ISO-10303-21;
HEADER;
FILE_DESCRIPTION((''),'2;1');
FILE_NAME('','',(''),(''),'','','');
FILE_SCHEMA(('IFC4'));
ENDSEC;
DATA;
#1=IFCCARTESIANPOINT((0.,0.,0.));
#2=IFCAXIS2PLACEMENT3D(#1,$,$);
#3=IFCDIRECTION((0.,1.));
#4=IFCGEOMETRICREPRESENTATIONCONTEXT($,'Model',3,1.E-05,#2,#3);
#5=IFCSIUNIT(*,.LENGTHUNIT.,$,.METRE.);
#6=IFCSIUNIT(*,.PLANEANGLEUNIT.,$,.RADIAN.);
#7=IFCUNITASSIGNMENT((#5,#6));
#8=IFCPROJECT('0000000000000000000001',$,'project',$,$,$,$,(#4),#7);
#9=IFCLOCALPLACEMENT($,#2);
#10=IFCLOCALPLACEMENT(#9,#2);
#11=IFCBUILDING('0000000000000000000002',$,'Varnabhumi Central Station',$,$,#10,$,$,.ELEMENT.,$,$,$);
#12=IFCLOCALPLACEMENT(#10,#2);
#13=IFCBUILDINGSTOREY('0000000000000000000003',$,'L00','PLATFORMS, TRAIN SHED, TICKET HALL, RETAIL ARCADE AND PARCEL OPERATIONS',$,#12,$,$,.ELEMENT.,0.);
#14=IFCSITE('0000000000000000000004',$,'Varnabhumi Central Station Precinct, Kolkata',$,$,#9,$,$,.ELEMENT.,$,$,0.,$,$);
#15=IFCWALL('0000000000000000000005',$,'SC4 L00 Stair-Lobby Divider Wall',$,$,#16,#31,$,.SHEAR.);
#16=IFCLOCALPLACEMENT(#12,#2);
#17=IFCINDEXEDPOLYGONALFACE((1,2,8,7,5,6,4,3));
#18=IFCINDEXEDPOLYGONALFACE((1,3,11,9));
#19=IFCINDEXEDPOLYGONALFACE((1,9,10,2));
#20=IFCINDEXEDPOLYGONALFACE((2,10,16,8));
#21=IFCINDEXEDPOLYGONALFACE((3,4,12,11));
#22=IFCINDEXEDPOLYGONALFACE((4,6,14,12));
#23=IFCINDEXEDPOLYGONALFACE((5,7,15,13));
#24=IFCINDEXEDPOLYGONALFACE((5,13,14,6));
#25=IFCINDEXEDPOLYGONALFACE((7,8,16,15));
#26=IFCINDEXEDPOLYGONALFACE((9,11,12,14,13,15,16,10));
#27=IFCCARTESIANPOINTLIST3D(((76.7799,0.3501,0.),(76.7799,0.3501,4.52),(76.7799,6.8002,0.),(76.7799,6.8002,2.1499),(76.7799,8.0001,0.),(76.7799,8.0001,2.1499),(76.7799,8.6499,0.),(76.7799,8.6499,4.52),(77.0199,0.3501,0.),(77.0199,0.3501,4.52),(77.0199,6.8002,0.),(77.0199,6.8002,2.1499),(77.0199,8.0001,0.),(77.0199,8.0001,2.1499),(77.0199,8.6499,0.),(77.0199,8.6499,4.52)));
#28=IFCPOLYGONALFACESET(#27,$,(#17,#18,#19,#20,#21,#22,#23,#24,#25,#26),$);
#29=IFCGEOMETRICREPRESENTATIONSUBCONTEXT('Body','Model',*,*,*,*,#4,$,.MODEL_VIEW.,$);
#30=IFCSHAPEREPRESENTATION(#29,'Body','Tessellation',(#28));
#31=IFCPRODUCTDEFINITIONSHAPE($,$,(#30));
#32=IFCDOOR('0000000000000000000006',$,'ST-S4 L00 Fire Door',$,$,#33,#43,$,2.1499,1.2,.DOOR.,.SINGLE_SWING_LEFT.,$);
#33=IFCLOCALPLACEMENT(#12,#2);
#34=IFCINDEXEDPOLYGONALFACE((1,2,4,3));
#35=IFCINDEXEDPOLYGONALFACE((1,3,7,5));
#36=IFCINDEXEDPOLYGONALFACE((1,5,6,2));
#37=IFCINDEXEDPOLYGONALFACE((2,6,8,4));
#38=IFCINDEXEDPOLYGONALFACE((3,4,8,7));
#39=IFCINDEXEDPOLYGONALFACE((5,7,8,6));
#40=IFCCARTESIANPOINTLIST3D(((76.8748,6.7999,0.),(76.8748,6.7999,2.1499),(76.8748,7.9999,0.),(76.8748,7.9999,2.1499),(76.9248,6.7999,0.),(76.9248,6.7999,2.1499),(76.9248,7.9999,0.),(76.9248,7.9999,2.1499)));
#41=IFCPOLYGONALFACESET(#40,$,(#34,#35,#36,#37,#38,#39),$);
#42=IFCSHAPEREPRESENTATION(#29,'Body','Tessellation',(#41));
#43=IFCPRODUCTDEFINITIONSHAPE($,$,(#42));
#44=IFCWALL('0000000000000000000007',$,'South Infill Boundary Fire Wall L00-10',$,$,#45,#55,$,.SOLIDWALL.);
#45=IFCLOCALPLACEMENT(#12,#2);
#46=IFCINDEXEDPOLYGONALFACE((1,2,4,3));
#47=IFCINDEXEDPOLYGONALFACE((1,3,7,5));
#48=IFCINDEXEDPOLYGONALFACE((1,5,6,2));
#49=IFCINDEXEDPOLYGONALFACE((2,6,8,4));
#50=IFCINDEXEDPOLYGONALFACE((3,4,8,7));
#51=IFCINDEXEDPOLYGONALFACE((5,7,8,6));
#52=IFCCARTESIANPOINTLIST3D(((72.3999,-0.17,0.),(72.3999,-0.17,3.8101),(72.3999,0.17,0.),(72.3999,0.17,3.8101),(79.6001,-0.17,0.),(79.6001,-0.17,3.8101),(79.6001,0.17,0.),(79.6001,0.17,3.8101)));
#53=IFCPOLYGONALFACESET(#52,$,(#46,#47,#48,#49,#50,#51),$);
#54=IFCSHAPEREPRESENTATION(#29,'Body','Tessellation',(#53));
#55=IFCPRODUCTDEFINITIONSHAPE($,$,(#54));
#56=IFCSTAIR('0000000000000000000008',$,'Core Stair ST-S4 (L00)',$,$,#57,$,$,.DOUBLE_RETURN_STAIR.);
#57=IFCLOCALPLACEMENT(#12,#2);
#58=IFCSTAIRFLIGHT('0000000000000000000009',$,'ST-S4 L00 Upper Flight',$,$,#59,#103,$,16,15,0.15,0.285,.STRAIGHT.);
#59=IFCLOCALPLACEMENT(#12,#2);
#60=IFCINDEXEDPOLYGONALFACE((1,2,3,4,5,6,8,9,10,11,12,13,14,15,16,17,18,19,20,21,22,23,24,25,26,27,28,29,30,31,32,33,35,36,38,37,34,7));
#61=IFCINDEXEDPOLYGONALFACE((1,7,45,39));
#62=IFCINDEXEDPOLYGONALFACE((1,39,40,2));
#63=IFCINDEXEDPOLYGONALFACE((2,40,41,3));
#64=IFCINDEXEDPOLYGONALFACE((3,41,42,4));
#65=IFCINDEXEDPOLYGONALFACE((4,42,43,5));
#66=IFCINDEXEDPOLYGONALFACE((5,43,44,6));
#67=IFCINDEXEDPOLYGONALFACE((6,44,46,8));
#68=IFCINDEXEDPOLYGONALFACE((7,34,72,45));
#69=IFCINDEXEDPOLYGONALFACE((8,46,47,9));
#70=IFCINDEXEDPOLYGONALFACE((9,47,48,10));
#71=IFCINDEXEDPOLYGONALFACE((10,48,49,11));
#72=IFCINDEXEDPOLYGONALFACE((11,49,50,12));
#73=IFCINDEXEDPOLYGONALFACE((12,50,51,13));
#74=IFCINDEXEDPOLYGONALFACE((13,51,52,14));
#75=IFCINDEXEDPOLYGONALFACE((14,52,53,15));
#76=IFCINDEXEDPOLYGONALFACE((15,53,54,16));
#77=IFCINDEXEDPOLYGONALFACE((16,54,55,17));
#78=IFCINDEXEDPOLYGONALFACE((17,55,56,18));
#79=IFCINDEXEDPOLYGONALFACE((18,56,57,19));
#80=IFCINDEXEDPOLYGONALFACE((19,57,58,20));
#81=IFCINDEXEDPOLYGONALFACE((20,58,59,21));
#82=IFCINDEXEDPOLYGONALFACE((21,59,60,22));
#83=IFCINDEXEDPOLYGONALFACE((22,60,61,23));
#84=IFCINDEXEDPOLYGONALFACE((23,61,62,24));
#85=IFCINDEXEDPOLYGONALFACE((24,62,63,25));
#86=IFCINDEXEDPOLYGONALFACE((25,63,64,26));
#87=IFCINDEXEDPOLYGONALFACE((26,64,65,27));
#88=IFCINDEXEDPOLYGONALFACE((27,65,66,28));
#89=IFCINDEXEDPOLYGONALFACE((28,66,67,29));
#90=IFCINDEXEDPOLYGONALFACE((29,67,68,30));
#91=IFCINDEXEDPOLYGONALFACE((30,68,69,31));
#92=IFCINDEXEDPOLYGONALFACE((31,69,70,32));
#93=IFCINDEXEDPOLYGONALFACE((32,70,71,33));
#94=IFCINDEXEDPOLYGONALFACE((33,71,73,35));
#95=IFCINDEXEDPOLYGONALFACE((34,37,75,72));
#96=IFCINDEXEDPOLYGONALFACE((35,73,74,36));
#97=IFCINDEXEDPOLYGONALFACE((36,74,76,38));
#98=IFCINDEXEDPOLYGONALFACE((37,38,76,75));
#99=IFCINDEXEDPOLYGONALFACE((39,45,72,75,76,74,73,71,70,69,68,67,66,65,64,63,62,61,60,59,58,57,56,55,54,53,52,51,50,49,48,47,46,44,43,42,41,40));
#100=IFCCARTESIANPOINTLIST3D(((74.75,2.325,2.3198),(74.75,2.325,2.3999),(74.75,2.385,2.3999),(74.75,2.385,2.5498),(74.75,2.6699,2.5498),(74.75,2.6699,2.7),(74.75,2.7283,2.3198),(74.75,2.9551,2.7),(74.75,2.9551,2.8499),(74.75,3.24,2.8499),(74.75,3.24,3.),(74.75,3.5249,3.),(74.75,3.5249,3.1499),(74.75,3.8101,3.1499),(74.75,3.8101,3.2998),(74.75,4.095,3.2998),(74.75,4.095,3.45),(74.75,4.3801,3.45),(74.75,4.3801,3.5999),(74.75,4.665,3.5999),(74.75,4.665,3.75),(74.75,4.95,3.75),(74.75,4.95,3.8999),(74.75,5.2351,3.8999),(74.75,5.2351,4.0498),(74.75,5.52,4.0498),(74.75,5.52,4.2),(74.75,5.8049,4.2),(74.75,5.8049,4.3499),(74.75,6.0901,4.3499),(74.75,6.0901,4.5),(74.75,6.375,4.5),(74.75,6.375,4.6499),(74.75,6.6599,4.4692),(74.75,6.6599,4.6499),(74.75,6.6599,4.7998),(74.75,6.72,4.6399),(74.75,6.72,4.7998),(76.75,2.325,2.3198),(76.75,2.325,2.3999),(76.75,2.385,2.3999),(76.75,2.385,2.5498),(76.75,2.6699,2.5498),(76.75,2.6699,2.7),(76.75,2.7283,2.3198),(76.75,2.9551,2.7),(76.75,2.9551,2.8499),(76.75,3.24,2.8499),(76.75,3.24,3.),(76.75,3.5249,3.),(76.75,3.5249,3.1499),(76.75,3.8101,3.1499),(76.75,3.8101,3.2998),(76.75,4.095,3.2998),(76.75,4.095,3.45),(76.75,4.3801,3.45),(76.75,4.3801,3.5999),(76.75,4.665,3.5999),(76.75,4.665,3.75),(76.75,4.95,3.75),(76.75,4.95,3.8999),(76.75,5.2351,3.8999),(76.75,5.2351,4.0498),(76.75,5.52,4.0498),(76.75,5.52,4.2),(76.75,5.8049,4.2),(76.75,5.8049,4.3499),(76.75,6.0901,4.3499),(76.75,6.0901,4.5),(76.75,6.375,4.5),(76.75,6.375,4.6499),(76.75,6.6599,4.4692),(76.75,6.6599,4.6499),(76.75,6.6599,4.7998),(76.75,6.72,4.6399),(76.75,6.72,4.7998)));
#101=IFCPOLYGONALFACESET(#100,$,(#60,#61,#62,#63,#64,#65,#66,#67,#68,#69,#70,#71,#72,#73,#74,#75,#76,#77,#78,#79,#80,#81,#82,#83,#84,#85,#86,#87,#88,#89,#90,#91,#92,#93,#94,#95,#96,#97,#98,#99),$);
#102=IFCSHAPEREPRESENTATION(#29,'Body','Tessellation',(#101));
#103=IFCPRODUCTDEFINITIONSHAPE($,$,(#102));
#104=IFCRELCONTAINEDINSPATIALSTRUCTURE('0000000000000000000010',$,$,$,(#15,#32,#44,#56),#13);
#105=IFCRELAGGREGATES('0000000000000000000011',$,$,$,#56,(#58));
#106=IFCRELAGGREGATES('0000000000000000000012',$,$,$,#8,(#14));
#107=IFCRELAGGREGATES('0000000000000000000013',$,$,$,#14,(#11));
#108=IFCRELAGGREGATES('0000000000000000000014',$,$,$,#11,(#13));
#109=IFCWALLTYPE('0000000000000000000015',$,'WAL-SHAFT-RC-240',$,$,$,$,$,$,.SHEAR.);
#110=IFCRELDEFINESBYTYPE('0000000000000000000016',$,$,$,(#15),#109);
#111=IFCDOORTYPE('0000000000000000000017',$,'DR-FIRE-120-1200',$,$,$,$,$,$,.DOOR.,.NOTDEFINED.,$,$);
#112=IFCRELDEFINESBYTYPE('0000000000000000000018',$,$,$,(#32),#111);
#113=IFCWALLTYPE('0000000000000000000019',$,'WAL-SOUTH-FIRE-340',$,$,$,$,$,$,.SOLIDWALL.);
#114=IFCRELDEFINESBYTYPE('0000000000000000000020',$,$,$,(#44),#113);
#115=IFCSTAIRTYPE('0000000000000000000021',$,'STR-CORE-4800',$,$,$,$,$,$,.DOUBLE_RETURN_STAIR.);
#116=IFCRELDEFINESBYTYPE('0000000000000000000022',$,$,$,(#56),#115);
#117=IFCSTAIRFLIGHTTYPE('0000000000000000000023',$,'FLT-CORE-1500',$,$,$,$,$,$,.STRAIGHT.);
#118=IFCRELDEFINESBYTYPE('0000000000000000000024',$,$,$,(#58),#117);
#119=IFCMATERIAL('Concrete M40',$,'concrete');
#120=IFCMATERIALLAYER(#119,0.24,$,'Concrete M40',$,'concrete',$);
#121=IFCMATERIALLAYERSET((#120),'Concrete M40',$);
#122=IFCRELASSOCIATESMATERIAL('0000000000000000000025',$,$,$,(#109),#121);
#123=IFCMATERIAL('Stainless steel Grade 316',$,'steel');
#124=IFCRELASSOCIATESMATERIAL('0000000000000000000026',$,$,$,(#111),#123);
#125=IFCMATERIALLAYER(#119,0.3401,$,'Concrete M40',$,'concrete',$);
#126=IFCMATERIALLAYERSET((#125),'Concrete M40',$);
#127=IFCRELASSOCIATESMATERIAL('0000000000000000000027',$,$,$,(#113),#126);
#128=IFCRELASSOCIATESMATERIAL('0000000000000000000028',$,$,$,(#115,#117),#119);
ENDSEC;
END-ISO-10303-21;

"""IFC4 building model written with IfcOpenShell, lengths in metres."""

from ifc_helpers import new_model, si_unit, direction, frame, frame_2d, origin, place, context, subcontext, project, spatial, polyline, rectangle, outline, extrude, material, layer, layer_set, type_object, element, fill, aggregate, save


model = new_model("IFC4")

# Units and contexts
model_context = context("Model", 3, precision=1e-05, world=origin(), true_north=direction((0.0, 1.0)))
body_context = subcontext(model_context, "Body", "Model", "MODEL_VIEW")
ifc_project = project(units=[si_unit("LENGTHUNIT", "METRE"), si_unit("PLANEANGLEUNIT", "RADIAN")], contexts=[model_context])

# Site, building, storey
site_placement = place(None, origin())
site = spatial("IfcSite", under=ifc_project, at=site_placement, Name="Varnabhumi Central Station Precinct, Kolkata", CompositionType="ELEMENT", RefElevation=0.0)
building_placement = place(site_placement, origin())
building = spatial("IfcBuilding", under=site, at=building_placement, Name="Varnabhumi Central Station", CompositionType="ELEMENT")
storey_placement = place(building_placement, origin())
storey = spatial("IfcBuildingStorey", under=building, at=storey_placement, Name="L00", Description="PLATFORMS, TRAIN SHED, TICKET HALL, RETAIL ARCADE AND PARCEL OPERATIONS", CompositionType="ELEMENT", Elevation=0.0)

# Shared definitions
ifc_material_1 = material(Name="Concrete M40", Category="concrete")

# Wall, opening, door
ifc_layer_1 = layer(ifc_material_1, 0.24, Name="Concrete M40", Category="concrete")
ifc_layer_set_1 = layer_set([ifc_layer_1], Name="Concrete M40")
wall_type_1 = type_object("IfcWallType", Name="WAL-SHAFT-RC-240", PredefinedType="SHEAR", material=ifc_layer_set_1)
wall_1_placement = place(storey_placement, frame((76.8999, 0.3501, 0.0), z_axis=(0.0, 0.0, 1.0), x_axis=(0.0, 1.0, 0.0)))
wall_1 = element("IfcWall", 1, at=wall_1_placement, inside=storey, type_object=wall_type_1, Name="SC4 L00 Stair-Lobby Divider Wall", PredefinedType="SHEAR", context=body_context, shape_type="SweptSolid", body=[
    extrude(rectangle(XDim=8.2998, YDim=0.24, at=frame_2d((4.1499, 0.0))), origin(), (0.0, 0.0, 1.0), 4.52),
])
opening_1_placement = place(wall_1_placement, frame((6.45, 0.0, 0.0)))
opening_1 = element("IfcOpeningElement", 2, at=opening_1_placement, cuts=wall_1, PredefinedType="OPENING", context=body_context, shape_type="SweptSolid", body=[
    extrude(rectangle(XDim=1.2, YDim=2.1499, at=frame_2d((0.6001, 1.075))), frame((0.0, 0.1299, 0.0), z_axis=(0.0, -1.0, 0.0), x_axis=(1.0, 0.0, 0.0)), (0.0, 0.0, 1.0), 0.26),
])
ifc_material_2 = material(Name="Stainless steel Grade 316", Category="steel")
door_type_1 = type_object("IfcDoorType", Name="DR-FIRE-120-1200", OperationType="NOTDEFINED", PredefinedType="DOOR", material=ifc_material_2)
door_1_placement = place(opening_1_placement, frame((1.2, 0.0, 0.0), z_axis=(0.0, 0.0, 1.0), x_axis=(-1.0, 0.0, 0.0)))
door_1 = element("IfcDoor", 3, at=door_1_placement, inside=storey, type_object=door_type_1, Name="ST-S4 L00 Fire Door", OperationType="SINGLE_SWING_LEFT", OverallHeight=2.1499, OverallWidth=1.2, PredefinedType="DOOR", context=body_context, shape_type="SweptSolid", body=[
    extrude(rectangle(XDim=1.2, YDim=2.1499, at=frame_2d((0.6001, 1.075))), frame((0.0, 0.0249, 0.0), z_axis=(0.0, -1.0, 0.0), x_axis=(1.0, 0.0, 0.0)), (0.0, 0.0, 1.0), 0.05),
])
fill(opening_1, door_1)

# Wall
ifc_layer_2 = layer(ifc_material_1, 0.3401, Name="Concrete M40", Category="concrete")
ifc_layer_set_2 = layer_set([ifc_layer_2], Name="Concrete M40")
wall_type_2 = type_object("IfcWallType", Name="WAL-SOUTH-FIRE-340", PredefinedType="SOLIDWALL", material=ifc_layer_set_2)
wall_2_placement = place(storey_placement, frame((72.3999, 0.0, 0.0), z_axis=(0.0, 0.0, 1.0), x_axis=(1.0, 0.0, 0.0)))
element("IfcWall", 4, at=wall_2_placement, inside=storey, type_object=wall_type_2, Name="South Infill Boundary Fire Wall L00-10", PredefinedType="SOLIDWALL", context=body_context, shape_type="SweptSolid", body=[
    extrude(rectangle(XDim=7.2002, YDim=0.3401, at=frame_2d((3.6001, 0.0))), origin(), (0.0, 0.0, 1.0), 3.8101),
])

# Stair, stair flight
stair_type = type_object("IfcStairType", Name="STR-CORE-4800", PredefinedType="DOUBLE_RETURN_STAIR", material=ifc_material_1)
stair_placement = place(storey_placement, origin())
stair = element("IfcStair", 5, at=stair_placement, inside=storey, type_object=stair_type, Name="Core Stair ST-S4 (L00)", PredefinedType="DOUBLE_RETURN_STAIR")
stair_flight_type = type_object("IfcStairFlightType", Name="FLT-CORE-1500", PredefinedType="STRAIGHT", material=ifc_material_1)
stair_flight_placement = place(storey_placement, frame((75.75, 2.385, 2.3999), z_axis=(0.0, 0.0, 1.0), x_axis=(0.0, 1.0, 0.0)))
stair_flight = element("IfcStairFlight", 6, at=stair_flight_placement, type_object=stair_flight_type, Name="ST-S4 L00 Upper Flight", NumberOfRisers=16, NumberOfTreads=15, PredefinedType="STRAIGHT", RiserHeight=0.15, TreadLength=0.285, context=body_context, shape_type="SweptSolid", body=[
    extrude(outline(polyline([(-0.0601, -0.0801), (-0.0601, 0.0), (0.0, 0.0), (0.0, 0.1499), (0.2849, 0.1499), (0.2849, 0.3), (0.5701, 0.3), (0.5701, 0.45), (0.855, 0.45), (0.855, 0.6001), (1.1399, 0.6001), (1.1399, 0.75), (1.425, 0.75), (1.425, 0.8999), (1.71, 0.8999), (1.71, 1.05), (1.9951, 1.05), (1.9951, 1.2), (2.28, 1.2), (2.28, 1.3501), (2.5649, 1.3501), (2.5649, 1.5), (2.8501, 1.5), (2.8501, 1.6499), (3.135, 1.6499), (3.135, 1.8), (3.4199, 1.8), (3.4199, 1.95), (3.7051, 1.95), (3.7051, 2.1001), (3.99, 2.1001), (3.99, 2.25), (4.2749, 2.25), (4.2749, 2.3999), (4.335, 2.3999), (4.335, 2.24), (4.2749, 2.0693), (0.3433, -0.0801), (-0.0601, -0.0801)])), frame((0.0, 1.0, 0.0), z_axis=(0.0, -1.0, 0.0), x_axis=(1.0, 0.0, 0.0)), (0.0, 0.0, 1.0), 2.0),
])
aggregate(stair, [stair_flight])

save(model, "model.ifc")
